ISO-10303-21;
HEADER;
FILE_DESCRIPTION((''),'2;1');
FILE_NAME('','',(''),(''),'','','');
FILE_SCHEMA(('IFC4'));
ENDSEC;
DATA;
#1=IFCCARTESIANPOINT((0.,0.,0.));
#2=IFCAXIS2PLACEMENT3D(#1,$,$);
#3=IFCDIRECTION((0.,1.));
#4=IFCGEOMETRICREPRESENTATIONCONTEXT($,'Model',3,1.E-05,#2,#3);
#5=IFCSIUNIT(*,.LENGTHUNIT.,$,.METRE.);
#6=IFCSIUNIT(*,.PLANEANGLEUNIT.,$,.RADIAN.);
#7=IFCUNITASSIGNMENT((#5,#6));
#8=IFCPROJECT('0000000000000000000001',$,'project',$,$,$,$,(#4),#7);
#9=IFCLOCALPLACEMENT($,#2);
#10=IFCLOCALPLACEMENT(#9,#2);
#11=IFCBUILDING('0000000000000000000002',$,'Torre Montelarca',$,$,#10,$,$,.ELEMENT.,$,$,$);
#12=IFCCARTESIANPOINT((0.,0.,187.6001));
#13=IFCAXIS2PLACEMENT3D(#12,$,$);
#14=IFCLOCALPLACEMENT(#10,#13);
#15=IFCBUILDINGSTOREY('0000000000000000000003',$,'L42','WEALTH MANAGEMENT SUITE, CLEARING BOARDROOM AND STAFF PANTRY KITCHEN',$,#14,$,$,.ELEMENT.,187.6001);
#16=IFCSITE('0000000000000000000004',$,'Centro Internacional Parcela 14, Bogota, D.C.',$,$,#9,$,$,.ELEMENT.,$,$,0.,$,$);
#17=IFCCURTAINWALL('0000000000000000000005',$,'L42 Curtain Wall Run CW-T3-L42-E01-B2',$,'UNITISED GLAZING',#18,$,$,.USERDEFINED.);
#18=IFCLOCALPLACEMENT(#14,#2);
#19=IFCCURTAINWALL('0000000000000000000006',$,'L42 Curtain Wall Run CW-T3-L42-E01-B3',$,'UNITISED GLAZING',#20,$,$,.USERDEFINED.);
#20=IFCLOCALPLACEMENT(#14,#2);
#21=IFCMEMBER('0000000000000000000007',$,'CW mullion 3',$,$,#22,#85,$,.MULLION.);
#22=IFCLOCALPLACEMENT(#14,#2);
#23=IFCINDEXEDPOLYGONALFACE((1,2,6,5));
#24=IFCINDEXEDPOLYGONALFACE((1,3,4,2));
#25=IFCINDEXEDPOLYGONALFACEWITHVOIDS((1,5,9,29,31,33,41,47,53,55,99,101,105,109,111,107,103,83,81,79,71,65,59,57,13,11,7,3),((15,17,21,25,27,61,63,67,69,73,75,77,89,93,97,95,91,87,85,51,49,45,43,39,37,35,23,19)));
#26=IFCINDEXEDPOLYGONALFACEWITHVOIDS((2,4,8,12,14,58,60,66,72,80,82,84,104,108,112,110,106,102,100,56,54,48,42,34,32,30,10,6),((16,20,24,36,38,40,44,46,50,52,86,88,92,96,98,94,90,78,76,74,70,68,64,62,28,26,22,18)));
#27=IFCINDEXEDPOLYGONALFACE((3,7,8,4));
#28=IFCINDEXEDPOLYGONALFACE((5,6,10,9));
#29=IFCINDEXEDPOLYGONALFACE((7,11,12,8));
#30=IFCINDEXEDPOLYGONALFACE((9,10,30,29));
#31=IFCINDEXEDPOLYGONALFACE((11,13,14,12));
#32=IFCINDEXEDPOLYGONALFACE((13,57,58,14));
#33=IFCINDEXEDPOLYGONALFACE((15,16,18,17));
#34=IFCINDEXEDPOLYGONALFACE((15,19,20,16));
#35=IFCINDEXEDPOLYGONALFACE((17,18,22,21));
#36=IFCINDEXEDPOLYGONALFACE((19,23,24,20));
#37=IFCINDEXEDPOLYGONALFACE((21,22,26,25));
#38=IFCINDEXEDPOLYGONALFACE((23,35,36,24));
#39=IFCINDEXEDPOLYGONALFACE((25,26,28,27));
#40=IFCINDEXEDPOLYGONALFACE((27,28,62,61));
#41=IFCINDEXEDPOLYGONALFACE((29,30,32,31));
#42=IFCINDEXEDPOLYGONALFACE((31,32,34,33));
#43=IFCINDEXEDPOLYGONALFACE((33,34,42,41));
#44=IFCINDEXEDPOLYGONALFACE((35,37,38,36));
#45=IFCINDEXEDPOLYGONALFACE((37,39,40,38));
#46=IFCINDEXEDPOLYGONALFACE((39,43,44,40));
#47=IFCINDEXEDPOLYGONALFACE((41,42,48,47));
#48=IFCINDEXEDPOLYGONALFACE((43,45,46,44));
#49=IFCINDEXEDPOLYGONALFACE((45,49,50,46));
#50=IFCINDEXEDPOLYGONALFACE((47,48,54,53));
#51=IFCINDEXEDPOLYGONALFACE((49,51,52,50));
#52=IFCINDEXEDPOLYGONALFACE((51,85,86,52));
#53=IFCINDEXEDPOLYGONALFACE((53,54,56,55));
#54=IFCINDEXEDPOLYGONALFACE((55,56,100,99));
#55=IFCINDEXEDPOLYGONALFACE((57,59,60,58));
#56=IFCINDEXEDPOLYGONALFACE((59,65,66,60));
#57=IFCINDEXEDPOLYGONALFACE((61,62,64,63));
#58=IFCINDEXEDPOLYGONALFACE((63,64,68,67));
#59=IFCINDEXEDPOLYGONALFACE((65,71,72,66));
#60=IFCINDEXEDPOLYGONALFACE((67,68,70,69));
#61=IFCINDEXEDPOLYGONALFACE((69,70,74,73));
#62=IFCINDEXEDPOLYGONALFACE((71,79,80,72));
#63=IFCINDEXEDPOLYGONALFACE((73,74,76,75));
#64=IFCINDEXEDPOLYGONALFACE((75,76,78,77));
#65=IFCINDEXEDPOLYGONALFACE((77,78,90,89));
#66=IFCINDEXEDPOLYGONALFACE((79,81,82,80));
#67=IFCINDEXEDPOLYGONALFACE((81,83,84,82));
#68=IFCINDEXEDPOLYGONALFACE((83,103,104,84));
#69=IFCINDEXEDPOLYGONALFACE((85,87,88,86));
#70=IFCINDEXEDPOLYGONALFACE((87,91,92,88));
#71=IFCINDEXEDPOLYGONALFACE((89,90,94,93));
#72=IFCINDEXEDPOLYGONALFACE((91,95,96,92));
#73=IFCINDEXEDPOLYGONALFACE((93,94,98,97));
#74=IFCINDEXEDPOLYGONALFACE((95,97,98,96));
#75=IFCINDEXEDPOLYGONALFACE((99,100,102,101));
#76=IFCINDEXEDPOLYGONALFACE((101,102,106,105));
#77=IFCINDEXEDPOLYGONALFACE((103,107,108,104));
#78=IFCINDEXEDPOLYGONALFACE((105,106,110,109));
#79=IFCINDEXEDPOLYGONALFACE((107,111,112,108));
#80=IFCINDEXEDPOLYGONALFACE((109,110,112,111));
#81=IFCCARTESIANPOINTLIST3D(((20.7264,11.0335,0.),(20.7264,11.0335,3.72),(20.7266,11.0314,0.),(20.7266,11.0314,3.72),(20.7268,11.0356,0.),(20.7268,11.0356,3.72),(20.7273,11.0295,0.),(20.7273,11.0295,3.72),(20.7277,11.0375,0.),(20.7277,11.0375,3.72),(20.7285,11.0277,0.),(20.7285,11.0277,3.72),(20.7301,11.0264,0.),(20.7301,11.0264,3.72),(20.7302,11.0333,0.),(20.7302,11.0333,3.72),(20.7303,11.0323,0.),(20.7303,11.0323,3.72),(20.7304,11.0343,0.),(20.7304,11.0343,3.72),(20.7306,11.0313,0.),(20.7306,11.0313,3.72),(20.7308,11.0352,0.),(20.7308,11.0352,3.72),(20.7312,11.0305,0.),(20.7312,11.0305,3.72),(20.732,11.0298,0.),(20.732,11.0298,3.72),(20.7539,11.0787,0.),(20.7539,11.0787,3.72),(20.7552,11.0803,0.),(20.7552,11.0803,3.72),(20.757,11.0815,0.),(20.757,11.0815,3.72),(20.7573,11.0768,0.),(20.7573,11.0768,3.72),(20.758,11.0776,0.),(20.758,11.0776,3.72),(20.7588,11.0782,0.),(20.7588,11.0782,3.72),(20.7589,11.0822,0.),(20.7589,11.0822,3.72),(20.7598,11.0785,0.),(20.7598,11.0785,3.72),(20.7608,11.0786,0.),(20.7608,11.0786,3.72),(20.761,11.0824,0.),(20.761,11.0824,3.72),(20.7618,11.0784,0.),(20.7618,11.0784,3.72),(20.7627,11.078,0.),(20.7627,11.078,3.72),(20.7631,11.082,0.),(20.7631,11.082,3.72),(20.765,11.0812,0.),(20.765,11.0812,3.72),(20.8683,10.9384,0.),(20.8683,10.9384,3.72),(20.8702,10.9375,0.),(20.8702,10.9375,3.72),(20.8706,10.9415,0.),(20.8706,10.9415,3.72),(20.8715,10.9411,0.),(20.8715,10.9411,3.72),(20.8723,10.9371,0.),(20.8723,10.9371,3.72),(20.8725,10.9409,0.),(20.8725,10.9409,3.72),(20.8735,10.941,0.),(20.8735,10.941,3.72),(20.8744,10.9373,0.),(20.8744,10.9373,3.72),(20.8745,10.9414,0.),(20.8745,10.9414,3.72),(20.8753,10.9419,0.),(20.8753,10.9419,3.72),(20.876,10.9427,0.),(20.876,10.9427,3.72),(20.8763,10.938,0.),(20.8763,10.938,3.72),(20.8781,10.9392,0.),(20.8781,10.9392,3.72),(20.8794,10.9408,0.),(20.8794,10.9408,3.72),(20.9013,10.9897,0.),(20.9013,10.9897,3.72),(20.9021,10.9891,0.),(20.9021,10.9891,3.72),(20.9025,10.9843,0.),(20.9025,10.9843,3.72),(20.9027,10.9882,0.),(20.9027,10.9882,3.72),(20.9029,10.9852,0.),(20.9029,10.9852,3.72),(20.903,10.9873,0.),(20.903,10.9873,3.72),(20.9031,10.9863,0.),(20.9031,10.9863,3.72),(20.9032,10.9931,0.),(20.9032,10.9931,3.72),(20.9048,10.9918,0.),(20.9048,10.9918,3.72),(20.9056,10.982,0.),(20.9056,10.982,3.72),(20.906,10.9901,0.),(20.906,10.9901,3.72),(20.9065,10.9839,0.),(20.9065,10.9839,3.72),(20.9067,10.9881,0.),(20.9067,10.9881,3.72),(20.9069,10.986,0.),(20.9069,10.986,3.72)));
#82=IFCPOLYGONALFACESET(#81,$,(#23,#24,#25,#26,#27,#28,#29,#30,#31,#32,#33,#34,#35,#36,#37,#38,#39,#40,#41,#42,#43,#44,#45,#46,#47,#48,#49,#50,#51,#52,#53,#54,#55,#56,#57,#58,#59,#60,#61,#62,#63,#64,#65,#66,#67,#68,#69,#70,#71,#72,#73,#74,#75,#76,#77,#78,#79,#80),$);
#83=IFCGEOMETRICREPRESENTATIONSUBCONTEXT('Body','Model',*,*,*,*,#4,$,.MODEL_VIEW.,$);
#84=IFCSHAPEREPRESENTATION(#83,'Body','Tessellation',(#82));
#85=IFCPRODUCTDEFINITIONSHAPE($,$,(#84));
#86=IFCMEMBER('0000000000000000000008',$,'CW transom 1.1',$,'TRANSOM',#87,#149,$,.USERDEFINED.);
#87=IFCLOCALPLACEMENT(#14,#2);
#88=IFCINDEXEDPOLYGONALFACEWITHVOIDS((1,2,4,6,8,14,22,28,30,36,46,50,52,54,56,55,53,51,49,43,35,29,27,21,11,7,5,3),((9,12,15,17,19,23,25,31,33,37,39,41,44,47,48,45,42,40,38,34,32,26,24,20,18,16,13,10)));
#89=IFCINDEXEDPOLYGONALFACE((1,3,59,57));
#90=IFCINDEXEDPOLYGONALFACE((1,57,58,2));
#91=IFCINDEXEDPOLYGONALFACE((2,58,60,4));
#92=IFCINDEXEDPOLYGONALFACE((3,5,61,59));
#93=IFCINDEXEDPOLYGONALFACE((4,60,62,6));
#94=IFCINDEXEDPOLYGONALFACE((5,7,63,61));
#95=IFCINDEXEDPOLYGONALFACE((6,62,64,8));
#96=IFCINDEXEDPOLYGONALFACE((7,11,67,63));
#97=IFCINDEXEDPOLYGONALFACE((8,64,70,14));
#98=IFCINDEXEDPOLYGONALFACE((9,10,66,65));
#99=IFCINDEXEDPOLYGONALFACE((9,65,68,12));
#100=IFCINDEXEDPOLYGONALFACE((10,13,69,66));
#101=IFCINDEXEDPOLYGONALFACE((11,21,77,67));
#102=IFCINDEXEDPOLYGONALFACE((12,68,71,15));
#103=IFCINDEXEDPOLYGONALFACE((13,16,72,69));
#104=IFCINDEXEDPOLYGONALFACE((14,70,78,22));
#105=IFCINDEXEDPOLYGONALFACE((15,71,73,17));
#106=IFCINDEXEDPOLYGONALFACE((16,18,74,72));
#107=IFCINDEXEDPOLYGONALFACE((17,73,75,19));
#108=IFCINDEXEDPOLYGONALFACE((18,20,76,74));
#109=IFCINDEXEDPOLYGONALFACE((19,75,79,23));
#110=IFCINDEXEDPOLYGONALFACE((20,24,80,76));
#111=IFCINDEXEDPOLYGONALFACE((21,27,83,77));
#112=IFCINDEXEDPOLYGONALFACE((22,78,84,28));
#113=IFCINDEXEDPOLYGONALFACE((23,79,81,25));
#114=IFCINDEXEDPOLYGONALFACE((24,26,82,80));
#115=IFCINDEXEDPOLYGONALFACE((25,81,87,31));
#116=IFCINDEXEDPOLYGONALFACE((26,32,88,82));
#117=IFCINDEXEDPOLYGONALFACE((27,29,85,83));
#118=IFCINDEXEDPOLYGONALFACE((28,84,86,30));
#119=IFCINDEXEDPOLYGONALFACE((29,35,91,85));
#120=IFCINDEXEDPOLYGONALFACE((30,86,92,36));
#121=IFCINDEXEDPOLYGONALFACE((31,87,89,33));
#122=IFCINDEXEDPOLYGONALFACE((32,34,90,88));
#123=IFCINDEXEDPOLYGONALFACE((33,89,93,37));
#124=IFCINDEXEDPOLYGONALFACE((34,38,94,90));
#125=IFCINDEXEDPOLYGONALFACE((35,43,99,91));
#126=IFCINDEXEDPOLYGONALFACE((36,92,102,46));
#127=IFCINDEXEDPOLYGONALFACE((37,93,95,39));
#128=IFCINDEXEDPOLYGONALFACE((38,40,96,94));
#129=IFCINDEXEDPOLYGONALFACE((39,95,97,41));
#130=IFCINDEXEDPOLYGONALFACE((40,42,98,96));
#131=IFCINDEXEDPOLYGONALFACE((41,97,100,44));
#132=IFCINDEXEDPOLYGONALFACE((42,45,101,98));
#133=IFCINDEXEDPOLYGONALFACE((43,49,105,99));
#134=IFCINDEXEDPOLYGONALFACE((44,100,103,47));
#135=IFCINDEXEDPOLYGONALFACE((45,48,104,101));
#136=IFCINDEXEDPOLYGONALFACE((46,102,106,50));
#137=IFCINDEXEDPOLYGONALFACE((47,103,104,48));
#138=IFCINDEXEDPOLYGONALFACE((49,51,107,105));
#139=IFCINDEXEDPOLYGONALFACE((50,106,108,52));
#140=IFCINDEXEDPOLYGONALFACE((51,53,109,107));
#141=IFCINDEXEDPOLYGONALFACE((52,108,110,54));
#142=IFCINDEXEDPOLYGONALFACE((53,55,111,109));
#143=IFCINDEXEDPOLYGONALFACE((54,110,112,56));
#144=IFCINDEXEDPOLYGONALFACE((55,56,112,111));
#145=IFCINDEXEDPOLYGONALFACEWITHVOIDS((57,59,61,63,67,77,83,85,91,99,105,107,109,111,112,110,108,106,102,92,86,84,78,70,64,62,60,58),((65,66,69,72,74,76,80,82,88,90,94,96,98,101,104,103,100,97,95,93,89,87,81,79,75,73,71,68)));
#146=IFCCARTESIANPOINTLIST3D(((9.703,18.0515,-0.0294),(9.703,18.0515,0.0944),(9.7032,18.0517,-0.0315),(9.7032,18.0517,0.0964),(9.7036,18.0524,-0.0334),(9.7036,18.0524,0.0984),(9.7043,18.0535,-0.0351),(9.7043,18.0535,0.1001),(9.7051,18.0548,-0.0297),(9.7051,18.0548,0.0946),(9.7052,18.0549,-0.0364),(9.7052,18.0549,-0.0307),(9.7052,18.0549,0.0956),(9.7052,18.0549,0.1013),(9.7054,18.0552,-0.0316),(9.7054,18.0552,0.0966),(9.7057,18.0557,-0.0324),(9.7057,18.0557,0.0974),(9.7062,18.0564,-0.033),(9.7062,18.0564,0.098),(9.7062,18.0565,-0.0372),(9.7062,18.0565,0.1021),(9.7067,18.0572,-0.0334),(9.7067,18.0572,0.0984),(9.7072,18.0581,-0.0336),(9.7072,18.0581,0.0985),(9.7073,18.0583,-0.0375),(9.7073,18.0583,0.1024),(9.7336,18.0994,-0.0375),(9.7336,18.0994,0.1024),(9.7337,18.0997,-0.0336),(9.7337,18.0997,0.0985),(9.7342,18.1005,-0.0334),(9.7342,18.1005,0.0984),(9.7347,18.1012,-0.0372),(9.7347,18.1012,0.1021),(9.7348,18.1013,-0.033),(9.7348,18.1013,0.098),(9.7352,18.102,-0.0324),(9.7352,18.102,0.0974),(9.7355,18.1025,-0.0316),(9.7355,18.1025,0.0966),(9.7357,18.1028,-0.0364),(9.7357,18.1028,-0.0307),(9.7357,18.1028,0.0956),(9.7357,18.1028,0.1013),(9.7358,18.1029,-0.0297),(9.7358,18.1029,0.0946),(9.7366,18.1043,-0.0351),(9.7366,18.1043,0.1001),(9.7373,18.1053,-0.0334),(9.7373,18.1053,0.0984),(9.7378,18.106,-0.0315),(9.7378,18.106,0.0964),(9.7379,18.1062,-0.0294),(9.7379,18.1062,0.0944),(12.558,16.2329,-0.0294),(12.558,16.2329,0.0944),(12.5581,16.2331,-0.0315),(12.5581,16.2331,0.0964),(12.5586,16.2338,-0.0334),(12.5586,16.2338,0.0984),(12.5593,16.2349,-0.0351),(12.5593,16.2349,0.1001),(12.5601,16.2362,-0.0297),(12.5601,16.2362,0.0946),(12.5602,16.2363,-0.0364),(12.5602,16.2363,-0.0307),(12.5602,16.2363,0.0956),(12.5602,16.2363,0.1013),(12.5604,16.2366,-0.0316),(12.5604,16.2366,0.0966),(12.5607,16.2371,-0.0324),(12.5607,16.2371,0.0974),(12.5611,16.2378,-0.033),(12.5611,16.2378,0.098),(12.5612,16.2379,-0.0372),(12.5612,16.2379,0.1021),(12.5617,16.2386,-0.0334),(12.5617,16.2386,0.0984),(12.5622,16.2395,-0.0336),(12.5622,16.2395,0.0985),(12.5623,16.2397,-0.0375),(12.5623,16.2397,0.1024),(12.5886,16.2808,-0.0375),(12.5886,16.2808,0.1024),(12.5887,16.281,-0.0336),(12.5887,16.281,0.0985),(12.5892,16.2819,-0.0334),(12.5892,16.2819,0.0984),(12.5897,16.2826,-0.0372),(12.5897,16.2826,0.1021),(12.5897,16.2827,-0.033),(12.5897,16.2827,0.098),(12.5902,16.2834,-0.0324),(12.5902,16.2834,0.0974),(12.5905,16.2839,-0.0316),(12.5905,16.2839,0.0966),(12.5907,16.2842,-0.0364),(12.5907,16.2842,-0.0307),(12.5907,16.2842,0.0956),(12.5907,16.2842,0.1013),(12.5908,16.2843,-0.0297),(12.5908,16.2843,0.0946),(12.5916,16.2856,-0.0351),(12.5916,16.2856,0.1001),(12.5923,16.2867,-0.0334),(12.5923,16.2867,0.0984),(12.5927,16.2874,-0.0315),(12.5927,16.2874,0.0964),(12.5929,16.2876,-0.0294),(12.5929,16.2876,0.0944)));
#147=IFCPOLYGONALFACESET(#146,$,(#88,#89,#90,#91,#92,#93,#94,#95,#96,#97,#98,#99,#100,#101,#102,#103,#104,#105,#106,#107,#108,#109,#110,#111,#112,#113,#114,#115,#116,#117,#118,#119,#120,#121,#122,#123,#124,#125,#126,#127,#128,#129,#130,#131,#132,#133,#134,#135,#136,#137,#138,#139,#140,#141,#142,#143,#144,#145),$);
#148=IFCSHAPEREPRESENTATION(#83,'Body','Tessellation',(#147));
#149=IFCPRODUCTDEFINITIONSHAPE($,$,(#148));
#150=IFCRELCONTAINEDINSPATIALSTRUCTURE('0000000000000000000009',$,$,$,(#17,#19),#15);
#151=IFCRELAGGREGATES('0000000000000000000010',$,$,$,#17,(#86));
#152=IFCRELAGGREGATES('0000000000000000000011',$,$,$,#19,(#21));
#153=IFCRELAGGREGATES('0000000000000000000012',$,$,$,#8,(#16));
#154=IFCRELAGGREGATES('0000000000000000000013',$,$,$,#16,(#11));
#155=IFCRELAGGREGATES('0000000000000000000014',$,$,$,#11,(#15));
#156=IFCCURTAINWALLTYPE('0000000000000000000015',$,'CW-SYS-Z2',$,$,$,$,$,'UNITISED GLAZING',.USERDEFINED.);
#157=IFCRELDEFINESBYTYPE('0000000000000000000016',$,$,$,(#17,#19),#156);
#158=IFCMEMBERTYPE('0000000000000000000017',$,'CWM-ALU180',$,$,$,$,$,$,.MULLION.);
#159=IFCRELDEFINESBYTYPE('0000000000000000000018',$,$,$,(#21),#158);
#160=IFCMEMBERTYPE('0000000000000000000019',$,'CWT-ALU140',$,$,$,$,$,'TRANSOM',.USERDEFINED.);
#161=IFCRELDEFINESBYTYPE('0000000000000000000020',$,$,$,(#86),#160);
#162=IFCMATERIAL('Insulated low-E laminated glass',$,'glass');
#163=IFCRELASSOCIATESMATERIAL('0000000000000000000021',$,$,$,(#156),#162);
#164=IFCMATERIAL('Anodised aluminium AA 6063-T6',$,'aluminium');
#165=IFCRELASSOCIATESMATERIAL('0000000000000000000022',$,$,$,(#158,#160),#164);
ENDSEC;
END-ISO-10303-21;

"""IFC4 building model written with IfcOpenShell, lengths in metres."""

from ifc_helpers import new_model, si_unit, direction, frame, origin, origin_2d, place, context, subcontext, project, spatial, hollow_rectangle, extrude, source, transform, mapped, material, material_profile, profile_set, type_object, element, aggregate, save


model = new_model("IFC4")

# Units and contexts
model_context = context("Model", 3, precision=1e-05, world=origin(), true_north=direction((0.0, 1.0)))
body_context = subcontext(model_context, "Body", "Model", "MODEL_VIEW")
ifc_project = project(units=[si_unit("LENGTHUNIT", "METRE"), si_unit("PLANEANGLEUNIT", "RADIAN")], contexts=[model_context])

# Site, building, storey
site_placement = place(None, origin())
site = spatial("IfcSite", under=ifc_project, at=site_placement, Name="Centro Internacional Parcela 14, Bogota, D.C.", CompositionType="ELEMENT", RefElevation=0.0)
building_placement = place(site_placement, origin())
building = spatial("IfcBuilding", under=site, at=building_placement, Name="Torre Montelarca", CompositionType="ELEMENT")
storey_placement = place(building_placement, frame((0.0, 0.0, 187.6001)))
storey = spatial("IfcBuildingStorey", under=building, at=storey_placement, Name="L42", Description="WEALTH MANAGEMENT SUITE, CLEARING BOARDROOM AND STAFF PANTRY KITCHEN", CompositionType="ELEMENT", Elevation=187.6001)

# Shared definitions
ifc_material_1 = material(Name="Insulated low-E laminated glass", Category="glass")
curtain_wall_type = type_object("IfcCurtainWallType", Name="CW-SYS-Z2", ElementType="UNITISED GLAZING", PredefinedType="USERDEFINED", material=ifc_material_1)
ifc_material_2 = material(Name="Anodised aluminium AA 6063-T6", Category="aluminium")
ifc_material_profile_1 = material_profile(ifc_material_2, hollow_rectangle(XDim=0.0649, YDim=0.1799, WallThickness=0.0039, InnerFilletRadius=0.0039, OuterFilletRadius=0.0081, at=origin_2d()), Name="ALU65X180X4", Category="aluminium")
ifc_profile_set_1 = profile_set([ifc_material_profile_1], Name="Anodised aluminium AA 6063-T6")
member_type_1 = type_object("IfcMemberType", Name="CWM-ALU180", PredefinedType="MULLION", material=ifc_profile_set_1)
shared_shape_1 = source(origin(), body_context, "Body", "SweptSolid", [
    extrude(hollow_rectangle(XDim=0.0649, YDim=0.1799, WallThickness=0.0039, InnerFilletRadius=0.0039, OuterFilletRadius=0.0081, at=origin_2d()), origin(), (0.0, 0.0, 1.0), 3.72),
])

# Curtain walls, member
curtain_wall_1_placement = place(storey_placement, origin())
curtain_wall_1 = element("IfcCurtainWall", 1, at=curtain_wall_1_placement, inside=storey, type_object=curtain_wall_type, Name="L42 Curtain Wall Run CW-T3-L42-E01-B2", ObjectType="UNITISED GLAZING", PredefinedType="USERDEFINED")
curtain_wall_2_placement = place(storey_placement, origin())
curtain_wall_2 = element("IfcCurtainWall", 2, at=curtain_wall_2_placement, inside=storey, type_object=curtain_wall_type, Name="L42 Curtain Wall Run CW-T3-L42-E01-B3", ObjectType="UNITISED GLAZING", PredefinedType="USERDEFINED")
member_1_placement = place(storey_placement, frame((20.8167, 11.0098, 0.0), z_axis=(0.0, 0.0, 1.0), x_axis=(0.537303, 0.843389, 0.0)))
member_1 = element("IfcMember", 3, at=member_1_placement, type_object=member_type_1, Name="CW mullion 3", PredefinedType="MULLION", context=body_context, shape_type="MappedRepresentation", body=[
    mapped(shared_shape_1, transform((0.0, 0.0, 0.0), scale=1.0)),
])

# Member
ifc_material_profile_2 = material_profile(ifc_material_2, hollow_rectangle(XDim=0.0649, YDim=0.1399, WallThickness=0.0039, InnerFilletRadius=0.0039, OuterFilletRadius=0.0081, at=origin_2d()), Name="ALU65X140X4", Category="aluminium")
ifc_profile_set_2 = profile_set([ifc_material_profile_2], Name="Anodised aluminium AA 6063-T6")
member_type_2 = type_object("IfcMemberType", Name="CWT-ALU140", ElementType="TRANSOM", PredefinedType="USERDEFINED", material=ifc_profile_set_2)
shared_shape_2 = source(origin(), body_context, "Body", "SweptSolid", [
    extrude(hollow_rectangle(XDim=0.0649, YDim=0.1399, WallThickness=0.0039, InnerFilletRadius=0.0039, OuterFilletRadius=0.0081, at=origin_2d()), origin(), (0.0, 0.0, 1.0), 3.385),
])
member_2_placement = place(storey_placement, frame((9.7205, 18.0789, 0.0325), z_axis=(0.843421, -0.537253, 0.0), x_axis=(0.537253, 0.843421, 0.0)))
member_2 = element("IfcMember", 4, at=member_2_placement, type_object=member_type_2, Name="CW transom 1.1", ObjectType="TRANSOM", PredefinedType="USERDEFINED", context=body_context, shape_type="MappedRepresentation", body=[
    mapped(shared_shape_2, transform((0.0, 0.0, 0.0), scale=1.0)),
])

aggregate(curtain_wall_1, [member_2])
aggregate(curtain_wall_2, [member_1])

save(model, "model.ifc")
